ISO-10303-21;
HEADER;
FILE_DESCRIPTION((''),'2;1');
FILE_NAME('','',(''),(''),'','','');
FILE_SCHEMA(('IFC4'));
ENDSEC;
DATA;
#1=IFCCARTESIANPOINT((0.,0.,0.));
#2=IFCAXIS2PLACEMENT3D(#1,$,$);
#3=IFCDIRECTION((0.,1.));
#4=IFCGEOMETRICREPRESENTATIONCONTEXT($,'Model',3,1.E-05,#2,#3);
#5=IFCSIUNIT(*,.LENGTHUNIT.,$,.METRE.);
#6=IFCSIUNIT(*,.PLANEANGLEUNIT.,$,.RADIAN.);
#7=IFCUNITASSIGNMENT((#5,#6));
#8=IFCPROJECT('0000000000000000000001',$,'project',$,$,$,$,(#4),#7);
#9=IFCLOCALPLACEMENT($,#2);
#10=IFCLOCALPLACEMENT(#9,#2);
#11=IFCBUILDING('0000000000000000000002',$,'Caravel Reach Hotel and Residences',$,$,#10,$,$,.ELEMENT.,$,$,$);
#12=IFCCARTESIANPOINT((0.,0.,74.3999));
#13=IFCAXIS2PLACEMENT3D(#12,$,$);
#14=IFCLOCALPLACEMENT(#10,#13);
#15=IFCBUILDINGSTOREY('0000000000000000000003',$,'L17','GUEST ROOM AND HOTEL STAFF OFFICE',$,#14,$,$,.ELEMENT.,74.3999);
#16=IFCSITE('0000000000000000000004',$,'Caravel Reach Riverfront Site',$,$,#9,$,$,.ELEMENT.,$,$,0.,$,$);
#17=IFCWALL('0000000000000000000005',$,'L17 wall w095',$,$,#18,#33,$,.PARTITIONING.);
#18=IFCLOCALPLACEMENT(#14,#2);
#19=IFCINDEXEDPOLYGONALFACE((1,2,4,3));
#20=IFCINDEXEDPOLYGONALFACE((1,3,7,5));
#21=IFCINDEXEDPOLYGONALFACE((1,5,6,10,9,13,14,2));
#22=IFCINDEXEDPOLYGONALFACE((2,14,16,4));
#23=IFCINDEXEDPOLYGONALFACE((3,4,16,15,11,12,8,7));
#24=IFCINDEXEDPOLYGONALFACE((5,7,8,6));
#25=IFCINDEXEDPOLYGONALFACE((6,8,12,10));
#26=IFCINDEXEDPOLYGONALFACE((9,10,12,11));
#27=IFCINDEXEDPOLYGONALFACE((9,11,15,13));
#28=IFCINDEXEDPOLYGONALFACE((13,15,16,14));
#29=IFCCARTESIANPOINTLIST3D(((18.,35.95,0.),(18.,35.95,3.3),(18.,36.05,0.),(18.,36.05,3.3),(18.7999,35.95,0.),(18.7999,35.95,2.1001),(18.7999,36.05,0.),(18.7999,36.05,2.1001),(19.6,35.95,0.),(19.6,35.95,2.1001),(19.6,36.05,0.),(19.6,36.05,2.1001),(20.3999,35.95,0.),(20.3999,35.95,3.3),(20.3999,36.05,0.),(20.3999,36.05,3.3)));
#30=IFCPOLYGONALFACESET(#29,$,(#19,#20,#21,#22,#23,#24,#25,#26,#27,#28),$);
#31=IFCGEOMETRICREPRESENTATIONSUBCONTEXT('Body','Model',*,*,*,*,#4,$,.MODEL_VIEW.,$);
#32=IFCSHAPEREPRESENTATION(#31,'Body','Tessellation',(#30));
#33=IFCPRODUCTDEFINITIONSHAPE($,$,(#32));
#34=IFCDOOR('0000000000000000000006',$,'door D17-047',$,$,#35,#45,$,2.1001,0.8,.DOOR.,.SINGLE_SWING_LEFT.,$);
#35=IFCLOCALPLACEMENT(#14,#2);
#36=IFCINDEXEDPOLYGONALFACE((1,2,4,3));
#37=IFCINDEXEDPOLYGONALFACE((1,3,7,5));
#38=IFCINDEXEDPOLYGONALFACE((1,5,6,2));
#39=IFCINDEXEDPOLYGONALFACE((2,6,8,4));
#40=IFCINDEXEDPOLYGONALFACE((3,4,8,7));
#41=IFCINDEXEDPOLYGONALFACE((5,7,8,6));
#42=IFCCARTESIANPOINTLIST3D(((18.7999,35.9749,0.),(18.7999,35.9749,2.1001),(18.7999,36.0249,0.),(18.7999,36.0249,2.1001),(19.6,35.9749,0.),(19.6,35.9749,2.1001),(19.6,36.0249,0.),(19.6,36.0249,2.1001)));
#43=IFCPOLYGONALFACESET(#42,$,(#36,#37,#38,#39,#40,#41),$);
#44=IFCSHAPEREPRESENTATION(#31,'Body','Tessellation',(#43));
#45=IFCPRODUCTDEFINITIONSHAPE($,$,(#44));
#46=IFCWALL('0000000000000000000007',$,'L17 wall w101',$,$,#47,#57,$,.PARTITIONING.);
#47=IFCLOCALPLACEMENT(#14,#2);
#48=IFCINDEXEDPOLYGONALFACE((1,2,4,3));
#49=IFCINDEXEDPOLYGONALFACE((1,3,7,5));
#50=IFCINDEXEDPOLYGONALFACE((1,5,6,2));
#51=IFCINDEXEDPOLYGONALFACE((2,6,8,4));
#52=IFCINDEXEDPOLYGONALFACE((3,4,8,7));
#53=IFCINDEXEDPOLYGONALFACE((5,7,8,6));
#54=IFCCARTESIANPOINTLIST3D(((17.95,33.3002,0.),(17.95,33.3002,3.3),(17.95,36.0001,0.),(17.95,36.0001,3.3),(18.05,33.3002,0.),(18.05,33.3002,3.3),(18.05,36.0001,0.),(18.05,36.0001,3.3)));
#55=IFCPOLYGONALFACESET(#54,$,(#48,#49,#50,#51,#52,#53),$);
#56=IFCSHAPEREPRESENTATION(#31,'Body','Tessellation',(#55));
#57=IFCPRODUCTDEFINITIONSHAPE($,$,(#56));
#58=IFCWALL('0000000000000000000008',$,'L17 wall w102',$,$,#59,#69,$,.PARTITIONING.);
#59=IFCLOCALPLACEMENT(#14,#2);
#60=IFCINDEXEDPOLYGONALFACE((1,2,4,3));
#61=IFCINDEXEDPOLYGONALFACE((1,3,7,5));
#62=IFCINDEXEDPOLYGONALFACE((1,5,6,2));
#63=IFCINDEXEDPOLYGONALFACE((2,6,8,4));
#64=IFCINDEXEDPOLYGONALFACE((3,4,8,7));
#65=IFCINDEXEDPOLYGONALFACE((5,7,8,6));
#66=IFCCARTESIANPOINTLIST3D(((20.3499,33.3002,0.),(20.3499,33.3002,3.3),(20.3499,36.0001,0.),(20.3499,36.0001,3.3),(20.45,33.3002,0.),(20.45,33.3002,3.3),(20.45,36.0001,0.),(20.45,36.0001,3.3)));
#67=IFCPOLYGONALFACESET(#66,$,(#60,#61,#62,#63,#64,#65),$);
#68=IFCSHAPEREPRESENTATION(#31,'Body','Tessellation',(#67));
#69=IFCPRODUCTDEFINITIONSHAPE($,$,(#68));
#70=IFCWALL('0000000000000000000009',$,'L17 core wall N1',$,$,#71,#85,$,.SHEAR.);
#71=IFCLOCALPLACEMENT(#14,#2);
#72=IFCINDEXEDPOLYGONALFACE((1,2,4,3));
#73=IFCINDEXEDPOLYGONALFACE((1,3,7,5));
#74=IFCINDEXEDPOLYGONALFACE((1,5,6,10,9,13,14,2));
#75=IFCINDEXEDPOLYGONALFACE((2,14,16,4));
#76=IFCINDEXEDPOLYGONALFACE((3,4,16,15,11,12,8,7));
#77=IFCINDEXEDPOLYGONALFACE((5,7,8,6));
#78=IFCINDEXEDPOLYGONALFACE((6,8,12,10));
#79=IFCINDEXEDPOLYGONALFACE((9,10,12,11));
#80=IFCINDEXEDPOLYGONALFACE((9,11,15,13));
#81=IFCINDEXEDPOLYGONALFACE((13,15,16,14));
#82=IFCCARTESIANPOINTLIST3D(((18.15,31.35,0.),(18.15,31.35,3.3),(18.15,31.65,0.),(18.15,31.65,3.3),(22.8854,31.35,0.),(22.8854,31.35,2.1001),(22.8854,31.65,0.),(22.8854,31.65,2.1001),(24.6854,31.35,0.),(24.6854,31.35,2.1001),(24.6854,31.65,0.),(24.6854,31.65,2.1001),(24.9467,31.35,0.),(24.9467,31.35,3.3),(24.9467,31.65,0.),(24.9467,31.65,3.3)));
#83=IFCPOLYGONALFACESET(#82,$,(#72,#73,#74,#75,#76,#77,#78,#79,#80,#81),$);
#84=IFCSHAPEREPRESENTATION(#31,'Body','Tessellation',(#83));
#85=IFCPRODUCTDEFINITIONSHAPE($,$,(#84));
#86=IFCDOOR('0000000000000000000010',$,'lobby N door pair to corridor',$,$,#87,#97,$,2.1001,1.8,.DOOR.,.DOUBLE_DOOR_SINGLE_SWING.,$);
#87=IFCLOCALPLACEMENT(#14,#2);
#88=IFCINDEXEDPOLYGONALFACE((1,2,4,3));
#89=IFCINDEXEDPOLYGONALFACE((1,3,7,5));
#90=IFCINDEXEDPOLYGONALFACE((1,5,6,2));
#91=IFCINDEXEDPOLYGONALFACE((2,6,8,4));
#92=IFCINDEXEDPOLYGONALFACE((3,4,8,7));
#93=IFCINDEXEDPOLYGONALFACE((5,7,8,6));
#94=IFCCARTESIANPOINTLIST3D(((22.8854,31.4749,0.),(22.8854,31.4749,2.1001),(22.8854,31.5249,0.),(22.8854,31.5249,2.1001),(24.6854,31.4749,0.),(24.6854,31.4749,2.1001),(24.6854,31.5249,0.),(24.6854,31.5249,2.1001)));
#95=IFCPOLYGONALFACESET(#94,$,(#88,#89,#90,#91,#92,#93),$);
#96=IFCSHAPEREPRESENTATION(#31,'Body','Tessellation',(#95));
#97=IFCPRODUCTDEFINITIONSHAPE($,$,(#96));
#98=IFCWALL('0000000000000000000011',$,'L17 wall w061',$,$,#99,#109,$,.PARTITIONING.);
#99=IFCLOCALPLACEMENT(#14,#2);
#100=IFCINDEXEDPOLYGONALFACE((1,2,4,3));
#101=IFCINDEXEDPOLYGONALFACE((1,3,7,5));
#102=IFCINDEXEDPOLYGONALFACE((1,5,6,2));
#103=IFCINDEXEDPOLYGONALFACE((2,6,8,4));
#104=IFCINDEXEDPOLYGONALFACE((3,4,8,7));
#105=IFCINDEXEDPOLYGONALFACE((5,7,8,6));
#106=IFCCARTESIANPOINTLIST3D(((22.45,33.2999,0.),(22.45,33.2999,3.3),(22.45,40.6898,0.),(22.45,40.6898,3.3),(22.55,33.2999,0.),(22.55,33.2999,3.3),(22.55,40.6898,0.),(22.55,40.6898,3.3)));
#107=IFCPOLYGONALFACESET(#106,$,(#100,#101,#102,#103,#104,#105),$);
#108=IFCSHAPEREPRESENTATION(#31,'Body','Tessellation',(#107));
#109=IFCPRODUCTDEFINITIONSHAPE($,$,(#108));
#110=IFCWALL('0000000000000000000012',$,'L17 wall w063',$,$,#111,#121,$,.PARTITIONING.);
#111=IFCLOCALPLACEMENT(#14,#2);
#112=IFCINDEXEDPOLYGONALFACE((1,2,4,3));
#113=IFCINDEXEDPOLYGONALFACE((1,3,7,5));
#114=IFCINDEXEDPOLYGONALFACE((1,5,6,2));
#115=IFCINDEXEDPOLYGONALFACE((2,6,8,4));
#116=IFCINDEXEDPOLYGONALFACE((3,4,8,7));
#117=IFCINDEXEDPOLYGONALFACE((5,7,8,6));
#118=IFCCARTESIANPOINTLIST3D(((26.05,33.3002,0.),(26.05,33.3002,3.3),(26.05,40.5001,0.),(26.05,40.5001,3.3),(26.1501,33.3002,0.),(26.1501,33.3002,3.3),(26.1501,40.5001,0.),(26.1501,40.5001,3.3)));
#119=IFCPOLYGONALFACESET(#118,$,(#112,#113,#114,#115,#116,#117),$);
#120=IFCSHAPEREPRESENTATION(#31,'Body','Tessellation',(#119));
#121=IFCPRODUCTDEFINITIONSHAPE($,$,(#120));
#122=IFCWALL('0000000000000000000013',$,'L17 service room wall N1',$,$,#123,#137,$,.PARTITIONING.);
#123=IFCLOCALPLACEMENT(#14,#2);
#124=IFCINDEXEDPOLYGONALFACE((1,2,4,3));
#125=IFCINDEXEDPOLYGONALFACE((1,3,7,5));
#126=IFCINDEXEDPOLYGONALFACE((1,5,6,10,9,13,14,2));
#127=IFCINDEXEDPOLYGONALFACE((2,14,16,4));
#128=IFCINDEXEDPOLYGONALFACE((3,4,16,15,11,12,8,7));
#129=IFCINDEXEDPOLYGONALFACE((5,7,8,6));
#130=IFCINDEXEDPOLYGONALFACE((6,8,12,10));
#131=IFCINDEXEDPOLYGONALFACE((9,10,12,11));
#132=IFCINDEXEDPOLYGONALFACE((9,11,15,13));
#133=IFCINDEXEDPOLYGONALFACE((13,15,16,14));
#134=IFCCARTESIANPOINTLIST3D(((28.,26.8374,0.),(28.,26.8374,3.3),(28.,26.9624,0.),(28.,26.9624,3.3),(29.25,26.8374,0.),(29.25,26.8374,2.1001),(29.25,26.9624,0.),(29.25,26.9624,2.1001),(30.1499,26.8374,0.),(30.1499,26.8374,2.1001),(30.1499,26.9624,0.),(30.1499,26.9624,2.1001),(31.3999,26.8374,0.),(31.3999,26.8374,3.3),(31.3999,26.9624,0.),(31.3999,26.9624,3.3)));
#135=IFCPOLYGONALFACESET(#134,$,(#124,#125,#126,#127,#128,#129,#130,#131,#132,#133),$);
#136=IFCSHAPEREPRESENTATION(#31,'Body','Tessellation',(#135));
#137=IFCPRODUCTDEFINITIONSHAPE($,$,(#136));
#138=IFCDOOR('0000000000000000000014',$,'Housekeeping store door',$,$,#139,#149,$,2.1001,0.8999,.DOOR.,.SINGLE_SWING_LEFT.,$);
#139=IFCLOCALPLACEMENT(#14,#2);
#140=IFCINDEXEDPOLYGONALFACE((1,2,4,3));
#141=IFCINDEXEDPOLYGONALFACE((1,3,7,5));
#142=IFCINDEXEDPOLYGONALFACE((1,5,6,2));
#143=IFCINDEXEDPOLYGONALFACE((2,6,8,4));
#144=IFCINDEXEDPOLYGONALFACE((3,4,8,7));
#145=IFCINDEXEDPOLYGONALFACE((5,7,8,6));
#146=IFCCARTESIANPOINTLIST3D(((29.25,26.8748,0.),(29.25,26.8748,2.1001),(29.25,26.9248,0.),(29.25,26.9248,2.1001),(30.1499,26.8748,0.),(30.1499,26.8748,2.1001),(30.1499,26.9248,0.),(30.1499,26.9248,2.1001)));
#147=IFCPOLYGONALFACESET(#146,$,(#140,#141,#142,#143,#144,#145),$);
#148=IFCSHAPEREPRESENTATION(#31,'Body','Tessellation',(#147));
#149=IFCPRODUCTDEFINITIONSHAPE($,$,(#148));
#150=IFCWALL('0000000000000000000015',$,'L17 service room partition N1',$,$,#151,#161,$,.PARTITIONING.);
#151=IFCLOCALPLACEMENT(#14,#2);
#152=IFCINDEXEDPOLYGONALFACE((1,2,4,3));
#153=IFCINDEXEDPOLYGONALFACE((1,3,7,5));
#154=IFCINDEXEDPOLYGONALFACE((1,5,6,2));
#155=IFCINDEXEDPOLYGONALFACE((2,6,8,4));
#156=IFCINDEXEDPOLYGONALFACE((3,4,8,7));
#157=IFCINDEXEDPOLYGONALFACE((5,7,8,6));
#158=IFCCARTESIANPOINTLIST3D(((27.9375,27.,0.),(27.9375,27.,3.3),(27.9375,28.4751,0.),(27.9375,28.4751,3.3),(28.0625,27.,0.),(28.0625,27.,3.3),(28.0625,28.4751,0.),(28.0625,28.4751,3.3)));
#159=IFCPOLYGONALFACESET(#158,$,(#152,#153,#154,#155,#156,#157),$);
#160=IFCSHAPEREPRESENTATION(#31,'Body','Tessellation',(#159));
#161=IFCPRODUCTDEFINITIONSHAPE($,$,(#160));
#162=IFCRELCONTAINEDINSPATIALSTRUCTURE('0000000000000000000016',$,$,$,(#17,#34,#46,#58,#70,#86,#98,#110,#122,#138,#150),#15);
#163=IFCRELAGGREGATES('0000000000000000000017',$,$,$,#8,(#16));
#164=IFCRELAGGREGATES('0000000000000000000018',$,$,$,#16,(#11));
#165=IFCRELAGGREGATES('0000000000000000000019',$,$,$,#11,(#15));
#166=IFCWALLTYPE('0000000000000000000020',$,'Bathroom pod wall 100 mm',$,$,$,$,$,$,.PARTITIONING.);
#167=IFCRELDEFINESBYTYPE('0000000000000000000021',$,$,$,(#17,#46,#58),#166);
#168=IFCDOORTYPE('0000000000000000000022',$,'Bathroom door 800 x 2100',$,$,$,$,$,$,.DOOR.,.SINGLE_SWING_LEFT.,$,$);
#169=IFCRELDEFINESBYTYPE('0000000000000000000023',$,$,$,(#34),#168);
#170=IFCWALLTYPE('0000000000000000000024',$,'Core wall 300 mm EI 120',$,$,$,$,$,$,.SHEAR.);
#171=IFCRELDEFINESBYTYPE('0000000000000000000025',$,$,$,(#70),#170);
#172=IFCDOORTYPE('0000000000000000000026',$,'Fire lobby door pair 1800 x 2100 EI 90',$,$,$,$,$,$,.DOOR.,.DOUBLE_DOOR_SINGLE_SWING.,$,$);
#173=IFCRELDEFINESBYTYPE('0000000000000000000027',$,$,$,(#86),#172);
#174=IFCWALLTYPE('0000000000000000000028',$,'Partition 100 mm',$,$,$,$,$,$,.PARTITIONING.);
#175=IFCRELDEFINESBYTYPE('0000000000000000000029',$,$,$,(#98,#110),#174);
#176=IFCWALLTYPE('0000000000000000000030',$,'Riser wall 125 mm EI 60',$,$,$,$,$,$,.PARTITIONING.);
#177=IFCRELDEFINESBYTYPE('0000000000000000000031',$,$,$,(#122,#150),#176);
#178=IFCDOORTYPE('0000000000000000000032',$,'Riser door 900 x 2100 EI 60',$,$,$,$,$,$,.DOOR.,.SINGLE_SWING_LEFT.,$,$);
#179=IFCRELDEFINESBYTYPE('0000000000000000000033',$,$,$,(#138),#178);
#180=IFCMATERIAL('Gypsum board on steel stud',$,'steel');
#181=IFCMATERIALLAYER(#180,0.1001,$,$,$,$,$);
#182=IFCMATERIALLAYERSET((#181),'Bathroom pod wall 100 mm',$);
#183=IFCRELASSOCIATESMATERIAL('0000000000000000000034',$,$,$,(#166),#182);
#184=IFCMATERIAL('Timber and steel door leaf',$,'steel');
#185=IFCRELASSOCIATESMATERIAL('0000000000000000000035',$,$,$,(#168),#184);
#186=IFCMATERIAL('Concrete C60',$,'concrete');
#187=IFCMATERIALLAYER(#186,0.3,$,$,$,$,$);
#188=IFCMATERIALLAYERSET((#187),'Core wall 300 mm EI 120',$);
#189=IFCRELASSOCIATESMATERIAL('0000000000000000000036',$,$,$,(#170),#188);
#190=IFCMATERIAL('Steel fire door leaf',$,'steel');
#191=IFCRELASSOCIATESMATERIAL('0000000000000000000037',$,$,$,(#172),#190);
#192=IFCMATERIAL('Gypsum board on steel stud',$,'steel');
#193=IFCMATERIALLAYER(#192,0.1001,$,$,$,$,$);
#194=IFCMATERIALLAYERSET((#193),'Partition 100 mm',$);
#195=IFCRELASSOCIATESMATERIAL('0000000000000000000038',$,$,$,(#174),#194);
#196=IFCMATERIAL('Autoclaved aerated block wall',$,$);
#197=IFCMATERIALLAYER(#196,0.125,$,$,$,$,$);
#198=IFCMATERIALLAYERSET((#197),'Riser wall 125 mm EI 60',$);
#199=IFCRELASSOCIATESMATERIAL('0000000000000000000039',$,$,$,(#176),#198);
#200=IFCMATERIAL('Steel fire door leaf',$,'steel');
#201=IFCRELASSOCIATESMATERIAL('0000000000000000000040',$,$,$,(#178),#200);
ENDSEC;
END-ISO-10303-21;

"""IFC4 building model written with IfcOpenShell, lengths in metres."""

from ifc_helpers import new_model, si_unit, direction, frame, frame_2d, origin, place, context, subcontext, project, spatial, rectangle, extrude, material, layer, layer_set, type_object, element, fill, save


model = new_model("IFC4")

# Units and contexts
model_context = context("Model", 3, precision=1e-05, world=origin(), true_north=direction((0.0, 1.0)))
body_context = subcontext(model_context, "Body", "Model", "MODEL_VIEW")
ifc_project = project(units=[si_unit("LENGTHUNIT", "METRE"), si_unit("PLANEANGLEUNIT", "RADIAN")], contexts=[model_context])

# Site, building, storey
site_placement = place(None, origin())
site = spatial("IfcSite", under=ifc_project, at=site_placement, Name="Caravel Reach Riverfront Site", CompositionType="ELEMENT", RefElevation=0.0)
building_placement = place(site_placement, origin())
building = spatial("IfcBuilding", under=site, at=building_placement, Name="Caravel Reach Hotel and Residences", CompositionType="ELEMENT")
storey_placement = place(building_placement, frame((0.0, 0.0, 74.3999)))
storey = spatial("IfcBuildingStorey", under=building, at=storey_placement, Name="L17", Description="GUEST ROOM AND HOTEL STAFF OFFICE", CompositionType="ELEMENT", Elevation=74.3999)

# Wall, opening, door
ifc_material_1 = material(Name="Gypsum board on steel stud", Category="steel")
ifc_layer_1 = layer(ifc_material_1, 0.1001)
ifc_layer_set_1 = layer_set([ifc_layer_1], Name="Bathroom pod wall 100 mm")
wall_type_1 = type_object("IfcWallType", Name="Bathroom pod wall 100 mm", PredefinedType="PARTITIONING", material=ifc_layer_set_1)
wall_1_placement = place(storey_placement, frame((18.0, 36.0, 0.0), z_axis=(0.0, 0.0, 1.0), x_axis=(1.0, 0.0, 0.0)))
wall_1 = element("IfcWall", 1, at=wall_1_placement, inside=storey, type_object=wall_type_1, Name="L17 wall w095", PredefinedType="PARTITIONING", context=body_context, shape_type="SweptSolid", body=[
    extrude(rectangle(XDim=2.3999, YDim=0.1001, at=frame_2d((1.2, 0.0))), origin(), (0.0, 0.0, 1.0), 3.3),
])
opening_1_placement = place(wall_1_placement, frame((0.8, 0.0, 0.0)))
opening_1 = element("IfcOpeningElement", 2, at=opening_1_placement, cuts=wall_1, PredefinedType="OPENING", context=body_context, shape_type="SweptSolid", body=[
    extrude(rectangle(XDim=0.8, YDim=2.1001, at=frame_2d((0.3999, 1.05))), frame((0.0, 0.0601, 0.0), z_axis=(0.0, -1.0, 0.0), x_axis=(1.0, 0.0, 0.0)), (0.0, 0.0, 1.0), 0.1201),
])
ifc_material_2 = material(Name="Timber and steel door leaf", Category="steel")
door_type_1 = type_object("IfcDoorType", Name="Bathroom door 800 x 2100", OperationType="SINGLE_SWING_LEFT", PredefinedType="DOOR", material=ifc_material_2)
door_1_placement = place(opening_1_placement, origin())
door_1 = element("IfcDoor", 3, at=door_1_placement, inside=storey, type_object=door_type_1, Name="door D17-047", OperationType="SINGLE_SWING_LEFT", OverallHeight=2.1001, OverallWidth=0.8, PredefinedType="DOOR", context=body_context, shape_type="SweptSolid", body=[
    extrude(rectangle(XDim=0.8, YDim=2.1001, at=frame_2d((0.3999, 1.05))), frame((0.0, 0.0249, 0.0), z_axis=(0.0, -1.0, 0.0), x_axis=(1.0, 0.0, 0.0)), (0.0, 0.0, 1.0), 0.05),
])
fill(opening_1, door_1)

# Walls
for number, where, z_axis, x_axis, name in (
    (4, (18.0, 33.3, 0.0), (0.0, 0.0, 1.0), (0.0, 1.0, 0.0), "L17 wall w101"),
    (5, (20.3999, 33.3, 0.0), (0.0, 0.0, 1.0), (0.0, 1.0, 0.0), "L17 wall w102"),
):
    element("IfcWall", number, at=place(storey_placement, frame(where, z_axis=z_axis, x_axis=x_axis)), inside=storey, type_object=wall_type_1, Name=name, PredefinedType="PARTITIONING", context=body_context, shape_type="SweptSolid", body=[
        extrude(rectangle(XDim=2.7, YDim=0.1001, at=frame_2d((1.3501, 0.0))), origin(), (0.0, 0.0, 1.0), 3.3),
    ])

# Wall, opening, door
ifc_material_3 = material(Name="Concrete C60", Category="concrete")
ifc_layer_2 = layer(ifc_material_3, 0.3)
ifc_layer_set_2 = layer_set([ifc_layer_2], Name="Core wall 300 mm EI 120")
wall_type_2 = type_object("IfcWallType", Name="Core wall 300 mm EI 120", PredefinedType="SHEAR", material=ifc_layer_set_2)
wall_2_placement = place(storey_placement, frame((18.1499, 31.5, 0.0), z_axis=(0.0, 0.0, 1.0), x_axis=(1.0, 0.0, 0.0)))
wall_2 = element("IfcWall", 6, at=wall_2_placement, inside=storey, type_object=wall_type_2, Name="L17 core wall N1", PredefinedType="SHEAR", context=body_context, shape_type="SweptSolid", body=[
    extrude(rectangle(XDim=6.7966, YDim=0.3, at=frame_2d((3.3984, 0.0))), origin(), (0.0, 0.0, 1.0), 3.3),
])
opening_2_placement = place(wall_2_placement, frame((4.7356, 0.0, 0.0)))
opening_2 = element("IfcOpeningElement", 7, at=opening_2_placement, cuts=wall_2, PredefinedType="OPENING", context=body_context, shape_type="SweptSolid", body=[
    extrude(rectangle(XDim=1.8, YDim=2.1001, at=frame_2d((0.8999, 1.05))), frame((0.0, 0.1599, 0.0), z_axis=(0.0, -1.0, 0.0), x_axis=(1.0, 0.0, 0.0)), (0.0, 0.0, 1.0), 0.3201),
])
ifc_material_4 = material(Name="Steel fire door leaf", Category="steel")
door_type_2 = type_object("IfcDoorType", Name="Fire lobby door pair 1800 x 2100 EI 90", OperationType="DOUBLE_DOOR_SINGLE_SWING", PredefinedType="DOOR", material=ifc_material_4)
door_2_placement = place(opening_2_placement, origin())
door_2 = element("IfcDoor", 8, at=door_2_placement, inside=storey, type_object=door_type_2, Name="lobby N door pair to corridor", OperationType="DOUBLE_DOOR_SINGLE_SWING", OverallHeight=2.1001, OverallWidth=1.8, PredefinedType="DOOR", context=body_context, shape_type="SweptSolid", body=[
    extrude(rectangle(XDim=1.8, YDim=2.1001, at=frame_2d((0.8999, 1.05))), frame((0.0, 0.0249, 0.0), z_axis=(0.0, -1.0, 0.0), x_axis=(1.0, 0.0, 0.0)), (0.0, 0.0, 1.0), 0.05),
])
fill(opening_2, door_2)

# Walls
ifc_material_5 = material(Name="Gypsum board on steel stud", Category="steel")
ifc_layer_3 = layer(ifc_material_5, 0.1001)
ifc_layer_set_3 = layer_set([ifc_layer_3], Name="Partition 100 mm")
wall_type_3 = type_object("IfcWallType", Name="Partition 100 mm", PredefinedType="PARTITIONING", material=ifc_layer_set_3)
wall_3_placement = place(storey_placement, frame((22.5, 33.3, 0.0), z_axis=(0.0, 0.0, 1.0), x_axis=(0.0, 1.0, 0.0)))
element("IfcWall", 9, at=wall_3_placement, inside=storey, type_object=wall_type_3, Name="L17 wall w061", PredefinedType="PARTITIONING", context=body_context, shape_type="SweptSolid", body=[
    extrude(rectangle(XDim=7.3899, YDim=0.1001, at=frame_2d((3.6948, 0.0))), origin(), (0.0, 0.0, 1.0), 3.3),
])
wall_4_placement = place(storey_placement, frame((26.1001, 33.3, 0.0), z_axis=(0.0, 0.0, 1.0), x_axis=(0.0, 1.0, 0.0)))
element("IfcWall", 10, at=wall_4_placement, inside=storey, type_object=wall_type_3, Name="L17 wall w063", PredefinedType="PARTITIONING", context=body_context, shape_type="SweptSolid", body=[
    extrude(rectangle(XDim=7.2, YDim=0.1001, at=frame_2d((3.6001, 0.0))), origin(), (0.0, 0.0, 1.0), 3.3),
])

# Wall, opening, door
ifc_material_6 = material(Name="Autoclaved aerated block wall")
ifc_layer_4 = layer(ifc_material_6, 0.125)
ifc_layer_set_4 = layer_set([ifc_layer_4], Name="Riser wall 125 mm EI 60")
wall_type_4 = type_object("IfcWallType", Name="Riser wall 125 mm EI 60", PredefinedType="PARTITIONING", material=ifc_layer_set_4)
wall_5_placement = place(storey_placement, frame((28.0, 26.8999, 0.0), z_axis=(0.0, 0.0, 1.0), x_axis=(1.0, 0.0, 0.0)))
wall_5 = element("IfcWall", 11, at=wall_5_placement, inside=storey, type_object=wall_type_4, Name="L17 service room wall N1", PredefinedType="PARTITIONING", context=body_context, shape_type="SweptSolid", body=[
    extrude(rectangle(XDim=3.3999, YDim=0.125, at=frame_2d((1.7, 0.0))), origin(), (0.0, 0.0, 1.0), 3.3),
])
opening_3_placement = place(wall_5_placement, frame((1.25, 0.0, 0.0)))
opening_3 = element("IfcOpeningElement", 12, at=opening_3_placement, cuts=wall_5, PredefinedType="OPENING", context=body_context, shape_type="SweptSolid", body=[
    extrude(rectangle(XDim=0.8999, YDim=2.1001, at=frame_2d((0.45, 1.05))), frame((0.0, 0.0725, 0.0), z_axis=(0.0, -1.0, 0.0), x_axis=(1.0, 0.0, 0.0)), (0.0, 0.0, 1.0), 0.145),
])
ifc_material_7 = material(Name="Steel fire door leaf", Category="steel")
door_type_3 = type_object("IfcDoorType", Name="Riser door 900 x 2100 EI 60", OperationType="SINGLE_SWING_LEFT", PredefinedType="DOOR", material=ifc_material_7)
door_3_placement = place(opening_3_placement, origin())
door_3 = element("IfcDoor", 13, at=door_3_placement, inside=storey, type_object=door_type_3, Name="Housekeeping store door", OperationType="SINGLE_SWING_LEFT", OverallHeight=2.1001, OverallWidth=0.8999, PredefinedType="DOOR", context=body_context, shape_type="SweptSolid", body=[
    extrude(rectangle(XDim=0.8999, YDim=2.1001, at=frame_2d((0.45, 1.05))), frame((0.0, 0.0249, 0.0), z_axis=(0.0, -1.0, 0.0), x_axis=(1.0, 0.0, 0.0)), (0.0, 0.0, 1.0), 0.05),
])
fill(opening_3, door_3)

# Wall
wall_6_placement = place(storey_placement, frame((28.0, 28.4751, 0.0), z_axis=(0.0, 0.0, 1.0), x_axis=(0.0, -1.0, 0.0)))
element("IfcWall", 14, at=wall_6_placement, inside=storey, type_object=wall_type_4, Name="L17 service room partition N1", PredefinedType="PARTITIONING", context=body_context, shape_type="SweptSolid", body=[
    extrude(rectangle(XDim=1.4751, YDim=0.125, at=frame_2d((0.7375, 0.0))), origin(), (0.0, 0.0, 1.0), 3.3),
])

save(model, "model.ifc")
